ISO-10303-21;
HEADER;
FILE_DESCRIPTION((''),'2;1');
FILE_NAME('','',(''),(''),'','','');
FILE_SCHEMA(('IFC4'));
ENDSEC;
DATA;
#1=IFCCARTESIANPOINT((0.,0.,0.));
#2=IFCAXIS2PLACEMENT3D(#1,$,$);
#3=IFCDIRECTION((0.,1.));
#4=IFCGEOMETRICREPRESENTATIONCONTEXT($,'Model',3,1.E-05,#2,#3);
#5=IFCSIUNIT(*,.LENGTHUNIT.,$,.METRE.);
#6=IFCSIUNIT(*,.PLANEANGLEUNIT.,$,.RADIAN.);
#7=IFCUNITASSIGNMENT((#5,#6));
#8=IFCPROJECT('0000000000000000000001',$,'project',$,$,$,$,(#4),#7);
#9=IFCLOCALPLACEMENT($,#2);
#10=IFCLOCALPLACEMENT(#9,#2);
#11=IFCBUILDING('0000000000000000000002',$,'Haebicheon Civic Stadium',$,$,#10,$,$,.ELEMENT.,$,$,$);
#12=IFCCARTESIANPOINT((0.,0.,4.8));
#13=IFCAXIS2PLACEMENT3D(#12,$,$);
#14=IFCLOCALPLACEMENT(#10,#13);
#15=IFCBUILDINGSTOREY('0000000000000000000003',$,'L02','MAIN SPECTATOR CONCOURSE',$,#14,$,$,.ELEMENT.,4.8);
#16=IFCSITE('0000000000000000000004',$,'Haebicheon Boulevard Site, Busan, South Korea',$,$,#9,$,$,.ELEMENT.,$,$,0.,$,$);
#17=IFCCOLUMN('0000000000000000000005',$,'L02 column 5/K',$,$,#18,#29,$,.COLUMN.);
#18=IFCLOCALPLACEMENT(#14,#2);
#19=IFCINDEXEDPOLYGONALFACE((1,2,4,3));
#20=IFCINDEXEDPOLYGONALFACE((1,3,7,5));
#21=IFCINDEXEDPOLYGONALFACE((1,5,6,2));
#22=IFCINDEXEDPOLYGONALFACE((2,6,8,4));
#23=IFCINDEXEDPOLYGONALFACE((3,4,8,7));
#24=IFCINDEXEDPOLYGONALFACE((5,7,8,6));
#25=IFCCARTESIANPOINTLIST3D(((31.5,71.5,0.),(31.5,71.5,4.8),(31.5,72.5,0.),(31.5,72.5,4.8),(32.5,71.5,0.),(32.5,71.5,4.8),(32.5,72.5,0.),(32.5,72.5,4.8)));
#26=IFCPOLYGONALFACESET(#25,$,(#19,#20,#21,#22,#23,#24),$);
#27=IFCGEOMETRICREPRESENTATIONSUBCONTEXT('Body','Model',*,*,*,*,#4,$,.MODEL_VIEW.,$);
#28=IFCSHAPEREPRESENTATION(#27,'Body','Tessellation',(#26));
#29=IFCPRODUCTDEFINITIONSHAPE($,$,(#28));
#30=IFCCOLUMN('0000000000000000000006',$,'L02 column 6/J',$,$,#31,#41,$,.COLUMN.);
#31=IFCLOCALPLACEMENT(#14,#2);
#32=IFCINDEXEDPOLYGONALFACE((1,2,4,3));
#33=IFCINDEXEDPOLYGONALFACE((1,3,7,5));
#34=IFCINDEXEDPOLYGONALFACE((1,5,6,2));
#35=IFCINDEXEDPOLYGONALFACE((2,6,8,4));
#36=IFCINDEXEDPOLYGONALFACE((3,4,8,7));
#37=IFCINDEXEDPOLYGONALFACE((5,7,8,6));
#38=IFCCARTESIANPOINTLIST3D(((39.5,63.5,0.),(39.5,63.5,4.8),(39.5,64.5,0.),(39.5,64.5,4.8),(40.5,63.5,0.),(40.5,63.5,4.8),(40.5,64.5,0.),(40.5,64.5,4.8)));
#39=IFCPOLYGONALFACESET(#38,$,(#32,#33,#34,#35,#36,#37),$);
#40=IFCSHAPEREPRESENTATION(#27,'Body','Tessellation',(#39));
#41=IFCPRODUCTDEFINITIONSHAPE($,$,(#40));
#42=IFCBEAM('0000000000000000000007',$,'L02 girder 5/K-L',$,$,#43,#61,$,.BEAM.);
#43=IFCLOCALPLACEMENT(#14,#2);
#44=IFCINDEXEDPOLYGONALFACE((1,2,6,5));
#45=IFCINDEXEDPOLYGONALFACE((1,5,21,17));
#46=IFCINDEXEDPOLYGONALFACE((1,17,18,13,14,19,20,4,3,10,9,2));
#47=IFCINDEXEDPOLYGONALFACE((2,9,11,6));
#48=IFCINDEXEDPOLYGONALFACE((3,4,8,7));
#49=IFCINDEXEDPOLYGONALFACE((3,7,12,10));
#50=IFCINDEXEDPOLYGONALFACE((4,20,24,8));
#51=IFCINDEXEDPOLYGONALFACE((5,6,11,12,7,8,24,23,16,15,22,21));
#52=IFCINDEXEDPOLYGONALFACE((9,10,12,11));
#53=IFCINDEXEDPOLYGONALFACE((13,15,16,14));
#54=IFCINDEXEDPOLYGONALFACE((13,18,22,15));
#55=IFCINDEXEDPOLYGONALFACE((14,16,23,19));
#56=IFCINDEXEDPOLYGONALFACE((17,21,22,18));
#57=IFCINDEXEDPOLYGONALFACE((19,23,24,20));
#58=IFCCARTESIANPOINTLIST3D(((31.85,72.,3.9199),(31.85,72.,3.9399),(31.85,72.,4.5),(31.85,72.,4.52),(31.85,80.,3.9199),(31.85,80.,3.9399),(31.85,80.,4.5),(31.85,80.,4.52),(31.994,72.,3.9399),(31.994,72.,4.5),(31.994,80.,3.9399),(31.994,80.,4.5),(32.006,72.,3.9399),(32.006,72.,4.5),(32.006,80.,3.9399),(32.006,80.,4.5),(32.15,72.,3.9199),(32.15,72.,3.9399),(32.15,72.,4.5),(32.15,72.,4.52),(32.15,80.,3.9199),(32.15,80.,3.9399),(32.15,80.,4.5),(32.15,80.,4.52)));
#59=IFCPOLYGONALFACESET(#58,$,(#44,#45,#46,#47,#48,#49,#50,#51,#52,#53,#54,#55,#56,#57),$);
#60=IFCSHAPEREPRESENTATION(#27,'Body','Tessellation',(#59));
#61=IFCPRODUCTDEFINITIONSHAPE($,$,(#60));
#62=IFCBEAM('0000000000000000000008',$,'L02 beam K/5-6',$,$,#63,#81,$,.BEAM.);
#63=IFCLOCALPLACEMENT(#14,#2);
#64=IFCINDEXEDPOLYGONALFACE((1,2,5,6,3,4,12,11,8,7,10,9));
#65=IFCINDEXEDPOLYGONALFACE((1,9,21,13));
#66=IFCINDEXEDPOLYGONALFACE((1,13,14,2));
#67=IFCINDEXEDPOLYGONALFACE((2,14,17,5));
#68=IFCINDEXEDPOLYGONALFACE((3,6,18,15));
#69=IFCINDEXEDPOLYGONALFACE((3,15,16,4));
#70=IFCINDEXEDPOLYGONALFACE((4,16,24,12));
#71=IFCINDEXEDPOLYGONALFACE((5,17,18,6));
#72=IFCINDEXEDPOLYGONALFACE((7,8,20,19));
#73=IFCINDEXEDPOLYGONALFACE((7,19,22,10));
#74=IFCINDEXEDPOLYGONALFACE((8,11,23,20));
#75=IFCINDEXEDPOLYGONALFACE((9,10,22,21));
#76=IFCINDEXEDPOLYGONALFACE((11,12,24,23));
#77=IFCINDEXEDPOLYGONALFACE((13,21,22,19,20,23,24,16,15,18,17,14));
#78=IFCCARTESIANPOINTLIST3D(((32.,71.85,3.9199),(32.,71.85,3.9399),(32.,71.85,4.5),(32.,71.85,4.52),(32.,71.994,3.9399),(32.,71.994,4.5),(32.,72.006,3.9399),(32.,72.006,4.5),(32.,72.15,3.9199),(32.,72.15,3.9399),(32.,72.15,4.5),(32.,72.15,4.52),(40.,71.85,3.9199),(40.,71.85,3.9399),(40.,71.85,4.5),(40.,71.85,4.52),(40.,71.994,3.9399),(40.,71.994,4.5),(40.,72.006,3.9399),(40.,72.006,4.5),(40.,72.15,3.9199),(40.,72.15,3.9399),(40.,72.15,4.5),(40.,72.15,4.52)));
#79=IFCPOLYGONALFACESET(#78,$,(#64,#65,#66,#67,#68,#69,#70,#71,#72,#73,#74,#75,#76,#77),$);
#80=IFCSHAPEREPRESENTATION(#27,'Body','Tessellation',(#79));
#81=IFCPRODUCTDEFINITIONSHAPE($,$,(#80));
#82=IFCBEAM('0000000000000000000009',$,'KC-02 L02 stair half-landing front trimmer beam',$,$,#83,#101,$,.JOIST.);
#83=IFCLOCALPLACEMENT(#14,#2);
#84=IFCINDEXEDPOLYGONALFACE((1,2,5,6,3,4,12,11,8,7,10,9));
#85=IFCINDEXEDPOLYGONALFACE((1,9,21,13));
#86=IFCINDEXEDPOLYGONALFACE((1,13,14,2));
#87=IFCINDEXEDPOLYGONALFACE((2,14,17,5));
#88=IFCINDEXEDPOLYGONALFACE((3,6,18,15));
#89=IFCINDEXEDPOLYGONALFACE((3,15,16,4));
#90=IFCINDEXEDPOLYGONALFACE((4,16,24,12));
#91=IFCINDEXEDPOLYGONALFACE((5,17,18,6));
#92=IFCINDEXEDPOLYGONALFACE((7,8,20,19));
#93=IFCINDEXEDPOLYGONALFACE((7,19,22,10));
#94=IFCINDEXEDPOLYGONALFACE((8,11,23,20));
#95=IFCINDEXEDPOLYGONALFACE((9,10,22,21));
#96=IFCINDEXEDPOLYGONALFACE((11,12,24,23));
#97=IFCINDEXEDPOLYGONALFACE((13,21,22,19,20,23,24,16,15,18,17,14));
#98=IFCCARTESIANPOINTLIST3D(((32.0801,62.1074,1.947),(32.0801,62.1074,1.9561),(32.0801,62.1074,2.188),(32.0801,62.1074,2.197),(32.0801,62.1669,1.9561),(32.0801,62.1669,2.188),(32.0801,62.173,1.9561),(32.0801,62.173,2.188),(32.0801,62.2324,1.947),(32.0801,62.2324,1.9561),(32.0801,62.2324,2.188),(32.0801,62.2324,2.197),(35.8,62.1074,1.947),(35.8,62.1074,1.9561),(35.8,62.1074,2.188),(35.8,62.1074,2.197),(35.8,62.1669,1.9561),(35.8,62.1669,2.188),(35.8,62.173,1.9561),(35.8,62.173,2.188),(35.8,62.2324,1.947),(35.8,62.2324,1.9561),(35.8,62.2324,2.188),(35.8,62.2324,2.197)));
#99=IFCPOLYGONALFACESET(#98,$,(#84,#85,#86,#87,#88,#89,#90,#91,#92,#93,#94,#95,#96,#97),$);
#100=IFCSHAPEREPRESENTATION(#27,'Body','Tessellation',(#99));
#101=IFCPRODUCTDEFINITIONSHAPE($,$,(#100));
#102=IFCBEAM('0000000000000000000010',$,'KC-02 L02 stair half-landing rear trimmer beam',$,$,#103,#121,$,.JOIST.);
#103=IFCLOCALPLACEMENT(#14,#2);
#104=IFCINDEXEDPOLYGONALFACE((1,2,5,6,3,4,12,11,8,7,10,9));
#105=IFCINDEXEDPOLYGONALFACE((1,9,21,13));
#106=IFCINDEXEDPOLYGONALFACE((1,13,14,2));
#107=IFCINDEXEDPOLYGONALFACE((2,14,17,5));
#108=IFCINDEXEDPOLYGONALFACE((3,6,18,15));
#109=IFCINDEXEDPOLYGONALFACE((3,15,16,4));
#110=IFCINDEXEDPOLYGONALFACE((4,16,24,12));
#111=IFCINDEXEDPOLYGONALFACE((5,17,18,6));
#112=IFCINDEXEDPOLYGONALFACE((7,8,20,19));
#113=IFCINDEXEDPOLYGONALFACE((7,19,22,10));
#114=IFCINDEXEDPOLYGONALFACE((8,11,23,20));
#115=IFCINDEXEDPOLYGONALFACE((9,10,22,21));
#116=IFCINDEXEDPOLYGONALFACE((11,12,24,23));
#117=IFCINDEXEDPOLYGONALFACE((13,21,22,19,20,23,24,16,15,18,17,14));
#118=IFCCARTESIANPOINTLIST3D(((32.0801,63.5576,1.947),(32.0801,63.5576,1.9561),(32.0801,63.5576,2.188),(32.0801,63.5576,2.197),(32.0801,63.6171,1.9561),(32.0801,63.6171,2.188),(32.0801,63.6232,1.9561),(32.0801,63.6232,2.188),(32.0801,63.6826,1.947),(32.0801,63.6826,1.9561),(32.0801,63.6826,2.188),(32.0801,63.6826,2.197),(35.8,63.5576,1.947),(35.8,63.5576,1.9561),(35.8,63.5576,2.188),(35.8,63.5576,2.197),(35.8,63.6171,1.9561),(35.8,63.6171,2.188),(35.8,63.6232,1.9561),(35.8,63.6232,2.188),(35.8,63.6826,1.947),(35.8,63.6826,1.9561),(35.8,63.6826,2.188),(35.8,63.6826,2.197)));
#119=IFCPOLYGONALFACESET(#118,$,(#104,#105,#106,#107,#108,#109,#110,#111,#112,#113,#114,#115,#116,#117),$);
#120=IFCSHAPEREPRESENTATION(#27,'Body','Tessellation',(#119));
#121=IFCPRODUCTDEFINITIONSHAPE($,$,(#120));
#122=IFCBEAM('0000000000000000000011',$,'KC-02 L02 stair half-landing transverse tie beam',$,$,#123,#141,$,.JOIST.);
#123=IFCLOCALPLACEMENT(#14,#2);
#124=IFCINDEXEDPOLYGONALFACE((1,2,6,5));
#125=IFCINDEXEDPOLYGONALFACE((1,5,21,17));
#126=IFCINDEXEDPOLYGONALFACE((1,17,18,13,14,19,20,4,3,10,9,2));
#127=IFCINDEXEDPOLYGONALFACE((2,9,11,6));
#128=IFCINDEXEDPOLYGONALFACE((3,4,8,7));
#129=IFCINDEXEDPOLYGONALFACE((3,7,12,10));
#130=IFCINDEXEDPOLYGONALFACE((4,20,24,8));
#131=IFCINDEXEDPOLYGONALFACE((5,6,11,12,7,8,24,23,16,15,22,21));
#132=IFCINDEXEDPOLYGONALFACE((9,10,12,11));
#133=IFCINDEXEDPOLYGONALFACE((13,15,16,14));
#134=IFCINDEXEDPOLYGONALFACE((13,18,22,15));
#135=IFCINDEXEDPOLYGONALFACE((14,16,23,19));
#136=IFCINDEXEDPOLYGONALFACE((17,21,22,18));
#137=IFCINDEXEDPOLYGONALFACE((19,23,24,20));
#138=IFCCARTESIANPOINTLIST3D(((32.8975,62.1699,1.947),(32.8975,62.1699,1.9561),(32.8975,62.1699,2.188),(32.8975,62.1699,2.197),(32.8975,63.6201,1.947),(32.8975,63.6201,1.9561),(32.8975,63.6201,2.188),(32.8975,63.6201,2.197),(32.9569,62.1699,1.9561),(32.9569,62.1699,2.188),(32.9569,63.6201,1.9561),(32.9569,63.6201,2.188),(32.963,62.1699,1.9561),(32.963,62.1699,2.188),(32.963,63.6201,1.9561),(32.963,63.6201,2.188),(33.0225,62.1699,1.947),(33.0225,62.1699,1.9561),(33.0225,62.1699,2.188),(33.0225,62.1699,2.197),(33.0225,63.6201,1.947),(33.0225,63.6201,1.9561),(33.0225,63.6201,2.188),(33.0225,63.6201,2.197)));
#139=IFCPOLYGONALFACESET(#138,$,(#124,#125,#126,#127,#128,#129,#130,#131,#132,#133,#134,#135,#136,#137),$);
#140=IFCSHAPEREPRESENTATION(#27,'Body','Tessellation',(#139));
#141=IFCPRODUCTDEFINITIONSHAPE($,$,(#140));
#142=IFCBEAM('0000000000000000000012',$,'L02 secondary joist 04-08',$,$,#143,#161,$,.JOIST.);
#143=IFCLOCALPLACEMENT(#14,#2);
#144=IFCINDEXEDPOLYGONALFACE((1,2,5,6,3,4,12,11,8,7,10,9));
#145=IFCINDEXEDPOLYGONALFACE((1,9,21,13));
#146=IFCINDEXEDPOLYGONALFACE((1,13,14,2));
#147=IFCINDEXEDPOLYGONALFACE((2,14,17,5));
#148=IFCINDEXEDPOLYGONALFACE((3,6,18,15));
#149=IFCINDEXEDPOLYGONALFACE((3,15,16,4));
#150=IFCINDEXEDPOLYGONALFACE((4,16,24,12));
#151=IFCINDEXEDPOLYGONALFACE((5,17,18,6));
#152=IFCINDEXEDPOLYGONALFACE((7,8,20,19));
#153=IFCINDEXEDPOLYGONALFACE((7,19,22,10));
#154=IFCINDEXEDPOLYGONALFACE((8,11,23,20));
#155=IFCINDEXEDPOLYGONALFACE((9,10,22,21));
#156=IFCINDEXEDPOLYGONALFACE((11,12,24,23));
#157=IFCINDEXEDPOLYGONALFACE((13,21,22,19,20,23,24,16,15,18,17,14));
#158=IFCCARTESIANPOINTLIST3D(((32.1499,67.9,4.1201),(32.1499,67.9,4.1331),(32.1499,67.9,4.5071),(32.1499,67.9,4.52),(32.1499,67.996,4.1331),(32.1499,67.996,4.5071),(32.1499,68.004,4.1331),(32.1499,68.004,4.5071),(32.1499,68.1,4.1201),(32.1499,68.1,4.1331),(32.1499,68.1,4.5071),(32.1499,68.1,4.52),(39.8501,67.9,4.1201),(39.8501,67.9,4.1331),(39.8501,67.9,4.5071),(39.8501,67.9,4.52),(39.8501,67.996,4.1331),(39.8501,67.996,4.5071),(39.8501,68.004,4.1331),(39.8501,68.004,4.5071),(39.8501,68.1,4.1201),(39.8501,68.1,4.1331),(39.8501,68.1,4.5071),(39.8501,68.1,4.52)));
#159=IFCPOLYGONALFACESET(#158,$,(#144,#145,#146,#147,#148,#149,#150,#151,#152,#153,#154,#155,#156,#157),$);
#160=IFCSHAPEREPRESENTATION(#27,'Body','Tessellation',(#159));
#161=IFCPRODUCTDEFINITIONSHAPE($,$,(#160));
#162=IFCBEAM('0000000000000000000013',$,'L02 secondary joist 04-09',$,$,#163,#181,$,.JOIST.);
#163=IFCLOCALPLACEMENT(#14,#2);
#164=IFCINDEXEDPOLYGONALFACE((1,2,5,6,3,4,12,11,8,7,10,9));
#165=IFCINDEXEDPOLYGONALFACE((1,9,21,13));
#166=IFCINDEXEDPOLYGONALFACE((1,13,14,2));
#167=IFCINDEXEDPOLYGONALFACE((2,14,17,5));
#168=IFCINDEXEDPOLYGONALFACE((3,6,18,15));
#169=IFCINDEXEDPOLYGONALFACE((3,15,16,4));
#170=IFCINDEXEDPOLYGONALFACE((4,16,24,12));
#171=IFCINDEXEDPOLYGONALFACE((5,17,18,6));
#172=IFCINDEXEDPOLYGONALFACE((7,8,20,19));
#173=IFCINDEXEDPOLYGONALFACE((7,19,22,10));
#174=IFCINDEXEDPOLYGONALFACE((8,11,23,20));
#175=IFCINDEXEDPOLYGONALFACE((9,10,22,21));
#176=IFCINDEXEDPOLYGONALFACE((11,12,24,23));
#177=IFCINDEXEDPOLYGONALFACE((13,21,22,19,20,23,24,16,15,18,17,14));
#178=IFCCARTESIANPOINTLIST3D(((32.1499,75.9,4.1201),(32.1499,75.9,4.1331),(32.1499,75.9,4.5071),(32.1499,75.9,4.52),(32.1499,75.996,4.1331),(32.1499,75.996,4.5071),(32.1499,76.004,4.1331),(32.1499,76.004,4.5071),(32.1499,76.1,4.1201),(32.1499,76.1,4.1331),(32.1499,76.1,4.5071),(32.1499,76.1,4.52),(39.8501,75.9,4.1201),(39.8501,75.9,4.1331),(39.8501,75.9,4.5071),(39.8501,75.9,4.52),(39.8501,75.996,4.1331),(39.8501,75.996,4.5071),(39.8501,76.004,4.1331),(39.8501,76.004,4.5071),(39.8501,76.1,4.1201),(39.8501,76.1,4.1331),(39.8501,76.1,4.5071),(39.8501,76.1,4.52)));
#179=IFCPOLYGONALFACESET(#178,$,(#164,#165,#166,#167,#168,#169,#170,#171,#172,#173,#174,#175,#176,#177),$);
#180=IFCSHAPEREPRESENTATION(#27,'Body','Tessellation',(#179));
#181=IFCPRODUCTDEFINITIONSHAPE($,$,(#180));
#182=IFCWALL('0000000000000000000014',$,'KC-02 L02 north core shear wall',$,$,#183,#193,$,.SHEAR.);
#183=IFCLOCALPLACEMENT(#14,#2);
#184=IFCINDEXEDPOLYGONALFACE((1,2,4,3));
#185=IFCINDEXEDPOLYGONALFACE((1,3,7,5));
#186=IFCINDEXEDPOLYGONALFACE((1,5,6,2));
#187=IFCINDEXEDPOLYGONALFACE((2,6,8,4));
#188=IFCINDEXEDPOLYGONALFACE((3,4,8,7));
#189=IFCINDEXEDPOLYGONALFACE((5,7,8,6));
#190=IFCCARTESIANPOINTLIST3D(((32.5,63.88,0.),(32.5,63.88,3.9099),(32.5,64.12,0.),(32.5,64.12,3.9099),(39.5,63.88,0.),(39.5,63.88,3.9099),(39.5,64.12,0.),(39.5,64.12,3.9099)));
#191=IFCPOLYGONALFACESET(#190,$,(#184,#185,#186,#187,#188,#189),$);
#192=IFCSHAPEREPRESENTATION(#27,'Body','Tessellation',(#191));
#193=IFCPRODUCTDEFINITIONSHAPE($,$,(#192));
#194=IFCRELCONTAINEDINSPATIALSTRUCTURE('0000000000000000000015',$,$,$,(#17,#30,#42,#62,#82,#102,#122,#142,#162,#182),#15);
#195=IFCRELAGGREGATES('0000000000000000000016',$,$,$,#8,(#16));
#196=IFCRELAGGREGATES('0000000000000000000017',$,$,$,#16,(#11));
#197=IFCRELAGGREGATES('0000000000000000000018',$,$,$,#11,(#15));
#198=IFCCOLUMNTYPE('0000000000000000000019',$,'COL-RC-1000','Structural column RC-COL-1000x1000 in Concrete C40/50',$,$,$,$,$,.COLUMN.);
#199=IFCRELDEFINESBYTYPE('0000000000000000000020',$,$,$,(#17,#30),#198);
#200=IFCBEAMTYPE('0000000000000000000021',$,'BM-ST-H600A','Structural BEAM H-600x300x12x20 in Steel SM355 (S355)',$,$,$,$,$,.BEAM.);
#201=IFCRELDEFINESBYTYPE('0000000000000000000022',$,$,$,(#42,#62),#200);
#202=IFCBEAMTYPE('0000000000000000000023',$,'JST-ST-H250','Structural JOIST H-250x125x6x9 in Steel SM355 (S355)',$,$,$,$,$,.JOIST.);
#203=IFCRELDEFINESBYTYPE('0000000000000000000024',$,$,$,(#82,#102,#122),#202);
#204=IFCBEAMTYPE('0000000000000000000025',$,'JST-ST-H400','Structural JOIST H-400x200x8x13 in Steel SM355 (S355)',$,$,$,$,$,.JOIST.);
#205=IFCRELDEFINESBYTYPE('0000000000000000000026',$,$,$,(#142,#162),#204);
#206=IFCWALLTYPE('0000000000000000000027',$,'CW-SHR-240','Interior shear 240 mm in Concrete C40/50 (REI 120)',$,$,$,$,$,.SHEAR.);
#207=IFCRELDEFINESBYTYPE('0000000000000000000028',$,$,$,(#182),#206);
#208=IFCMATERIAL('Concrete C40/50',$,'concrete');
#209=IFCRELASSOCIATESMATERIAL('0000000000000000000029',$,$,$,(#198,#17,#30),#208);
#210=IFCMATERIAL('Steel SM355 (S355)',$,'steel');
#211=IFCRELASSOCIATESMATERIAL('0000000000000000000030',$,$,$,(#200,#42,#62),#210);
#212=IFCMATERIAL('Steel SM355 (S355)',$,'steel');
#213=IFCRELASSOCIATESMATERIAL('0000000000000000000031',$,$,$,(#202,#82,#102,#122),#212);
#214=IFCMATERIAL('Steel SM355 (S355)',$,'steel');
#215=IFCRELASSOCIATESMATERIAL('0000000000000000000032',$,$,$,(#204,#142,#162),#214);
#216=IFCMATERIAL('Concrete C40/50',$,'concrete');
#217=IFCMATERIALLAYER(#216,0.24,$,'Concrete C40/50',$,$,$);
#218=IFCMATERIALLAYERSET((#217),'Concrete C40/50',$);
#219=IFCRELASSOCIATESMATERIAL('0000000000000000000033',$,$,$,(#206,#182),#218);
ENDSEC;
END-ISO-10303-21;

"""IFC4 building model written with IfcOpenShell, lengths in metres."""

from ifc_helpers import new_model, si_unit, direction, frame, frame_2d, origin, origin_2d, place, context, subcontext, project, spatial, rectangle, i_section, extrude, material, layer, layer_set, material_profile, profile_set, type_object, element, save


model = new_model("IFC4")

# Units and contexts
model_context = context("Model", 3, precision=1e-05, world=origin(), true_north=direction((0.0, 1.0)))
body_context = subcontext(model_context, "Body", "Model", "MODEL_VIEW")
ifc_project = project(units=[si_unit("LENGTHUNIT", "METRE"), si_unit("PLANEANGLEUNIT", "RADIAN")], contexts=[model_context])

# Site, building, storey
site_placement = place(None, origin())
site = spatial("IfcSite", under=ifc_project, at=site_placement, Name="Haebicheon Boulevard Site, Busan, South Korea", CompositionType="ELEMENT", RefElevation=0.0)
building_placement = place(site_placement, origin())
building = spatial("IfcBuilding", under=site, at=building_placement, Name="Haebicheon Civic Stadium", CompositionType="ELEMENT")
storey_placement = place(building_placement, frame((0.0, 0.0, 4.8)))
storey = spatial("IfcBuildingStorey", under=building, at=storey_placement, Name="L02", Description="MAIN SPECTATOR CONCOURSE", CompositionType="ELEMENT", Elevation=4.8)

# Columns
ifc_material_1 = material(Name="Concrete C40/50", Category="concrete")
ifc_material_profile_1 = material_profile(ifc_material_1, rectangle(XDim=1.0, YDim=1.0, at=origin_2d()), Name="RC-COL-1000x1000")
ifc_profile_set_1 = profile_set([ifc_material_profile_1], Name="Concrete C40/50")
column_type = type_object("IfcColumnType", Name="COL-RC-1000", Description="Structural column RC-COL-1000x1000 in Concrete C40/50", PredefinedType="COLUMN", material=ifc_profile_set_1)
for number, where, z_axis, x_axis, name in (
    (1, (32.0, 72.0, 0.0), (0.0, 0.0, 1.0), (1.0, 0.0, 0.0), "L02 column 5/K"),
    (2, (40.0, 64.0, 0.0), (0.0, 0.0, 1.0), (1.0, 0.0, 0.0), "L02 column 6/J"),
):
    element("IfcColumn", number, at=place(storey_placement, frame(where, z_axis=z_axis, x_axis=x_axis)), inside=storey, type_object=column_type, material=ifc_profile_set_1, Name=name, PredefinedType="COLUMN", context=body_context, shape_type="SweptSolid", body=[
        extrude(rectangle(XDim=1.0, YDim=1.0, at=origin_2d()), origin(), (0.0, 0.0, 1.0), 4.8),
    ])

# Beams
ifc_material_2 = material(Name="Steel SM355 (S355)", Category="steel")
ifc_material_profile_2 = material_profile(ifc_material_2, i_section(OverallWidth=0.3, OverallDepth=0.6001, WebThickness=0.012, FlangeThickness=0.02, at=origin_2d()), Name="H-600x300x12x20")
ifc_profile_set_2 = profile_set([ifc_material_profile_2], Name="Steel SM355 (S355)")
beam_type_1 = type_object("IfcBeamType", Name="BM-ST-H600A", Description="Structural BEAM H-600x300x12x20 in Steel SM355 (S355)", PredefinedType="BEAM", material=ifc_profile_set_2)
for number, where, z_axis, x_axis, name in (
    (3, (32.0, 72.0, 4.22), (0.0, 1.0, 0.0), (-1.0, 0.0, 0.0), "L02 girder 5/K-L"),
    (4, (32.0, 72.0, 4.22), (1.0, 0.0, 0.0), (0.0, 1.0, 0.0), "L02 beam K/5-6"),
):
    element("IfcBeam", number, at=place(storey_placement, frame(where, z_axis=z_axis, x_axis=x_axis)), inside=storey, type_object=beam_type_1, material=ifc_profile_set_2, Name=name, PredefinedType="BEAM", context=body_context, shape_type="SweptSolid", body=[
        extrude(i_section(OverallWidth=0.3, OverallDepth=0.6001, WebThickness=0.012, FlangeThickness=0.02, at=origin_2d()), origin(), (0.0, 0.0, 1.0), 8.0),
    ])
ifc_material_3 = material(Name="Steel SM355 (S355)", Category="steel")
ifc_material_profile_3 = material_profile(ifc_material_3, i_section(OverallWidth=0.125, OverallDepth=0.25, WebThickness=0.0061, FlangeThickness=0.009, at=origin_2d()), Name="H-250x125x6x9")
ifc_profile_set_3 = profile_set([ifc_material_profile_3], Name="Steel SM355 (S355)")
beam_type_2 = type_object("IfcBeamType", Name="JST-ST-H250", Description="Structural JOIST H-250x125x6x9 in Steel SM355 (S355)", PredefinedType="JOIST", material=ifc_profile_set_3)
for number, where, z_axis, x_axis, name in (
    (5, (32.0801, 62.1699, 2.072), (1.0, 0.0, 0.0), (0.0, 1.0, 0.0), "KC-02 L02 stair half-landing front trimmer beam"),
    (6, (32.0801, 63.6201, 2.072), (1.0, 0.0, 0.0), (0.0, 1.0, 0.0), "KC-02 L02 stair half-landing rear trimmer beam"),
):
    element("IfcBeam", number, at=place(storey_placement, frame(where, z_axis=z_axis, x_axis=x_axis)), inside=storey, type_object=beam_type_2, material=ifc_profile_set_3, Name=name, PredefinedType="JOIST", context=body_context, shape_type="SweptSolid", body=[
        extrude(i_section(OverallWidth=0.125, OverallDepth=0.25, WebThickness=0.0061, FlangeThickness=0.009, at=origin_2d()), origin(), (0.0, 0.0, 1.0), 3.72),
    ])
beam_placement = place(storey_placement, frame((32.96, 62.1699, 2.072), z_axis=(0.0, 1.0, 0.0), x_axis=(-1.0, 0.0, 0.0)))
element("IfcBeam", 7, at=beam_placement, inside=storey, type_object=beam_type_2, material=ifc_profile_set_3, Name="KC-02 L02 stair half-landing transverse tie beam", PredefinedType="JOIST", context=body_context, shape_type="SweptSolid", body=[
    extrude(i_section(OverallWidth=0.125, OverallDepth=0.25, WebThickness=0.0061, FlangeThickness=0.009, at=origin_2d()), origin(), (0.0, 0.0, 1.0), 1.4502),
])
ifc_material_4 = material(Name="Steel SM355 (S355)", Category="steel")
ifc_material_profile_4 = material_profile(ifc_material_4, i_section(OverallWidth=0.2, OverallDepth=0.3999, WebThickness=0.0081, FlangeThickness=0.0129, at=origin_2d()), Name="H-400x200x8x13")
ifc_profile_set_4 = profile_set([ifc_material_profile_4], Name="Steel SM355 (S355)")
beam_type_3 = type_object("IfcBeamType", Name="JST-ST-H400", Description="Structural JOIST H-400x200x8x13 in Steel SM355 (S355)", PredefinedType="JOIST", material=ifc_profile_set_4)
for number, where, z_axis, x_axis, name in (
    (8, (32.1499, 68.0, 4.3201), (1.0, 0.0, 0.0), (0.0, 1.0, 0.0), "L02 secondary joist 04-08"),
    (9, (32.1499, 76.0, 4.3201), (1.0, 0.0, 0.0), (0.0, 1.0, 0.0), "L02 secondary joist 04-09"),
):
    element("IfcBeam", number, at=place(storey_placement, frame(where, z_axis=z_axis, x_axis=x_axis)), inside=storey, type_object=beam_type_3, material=ifc_profile_set_4, Name=name, PredefinedType="JOIST", context=body_context, shape_type="SweptSolid", body=[
        extrude(i_section(OverallWidth=0.2, OverallDepth=0.3999, WebThickness=0.0081, FlangeThickness=0.0129, at=origin_2d()), origin(), (0.0, 0.0, 1.0), 7.7002),
    ])

# Wall
ifc_material_5 = material(Name="Concrete C40/50", Category="concrete")
ifc_layer = layer(ifc_material_5, 0.24, Name="Concrete C40/50")
ifc_layer_set = layer_set([ifc_layer], Name="Concrete C40/50")
wall_type = type_object("IfcWallType", Name="CW-SHR-240", Description="Interior shear 240 mm in Concrete C40/50 (REI 120)", PredefinedType="SHEAR", material=ifc_layer_set)
wall_placement = place(storey_placement, frame((32.5, 64.0, 0.0), z_axis=(0.0, 0.0, 1.0), x_axis=(1.0, 0.0, 0.0)))
element("IfcWall", 10, at=wall_placement, inside=storey, type_object=wall_type, material=ifc_layer_set, Name="KC-02 L02 north core shear wall", PredefinedType="SHEAR", context=body_context, shape_type="SweptSolid", body=[
    extrude(rectangle(XDim=7.0, YDim=0.24, at=frame_2d((3.5, 0.0))), origin(), (0.0, 0.0, 1.0), 3.9099),
])

save(model, "model.ifc")
